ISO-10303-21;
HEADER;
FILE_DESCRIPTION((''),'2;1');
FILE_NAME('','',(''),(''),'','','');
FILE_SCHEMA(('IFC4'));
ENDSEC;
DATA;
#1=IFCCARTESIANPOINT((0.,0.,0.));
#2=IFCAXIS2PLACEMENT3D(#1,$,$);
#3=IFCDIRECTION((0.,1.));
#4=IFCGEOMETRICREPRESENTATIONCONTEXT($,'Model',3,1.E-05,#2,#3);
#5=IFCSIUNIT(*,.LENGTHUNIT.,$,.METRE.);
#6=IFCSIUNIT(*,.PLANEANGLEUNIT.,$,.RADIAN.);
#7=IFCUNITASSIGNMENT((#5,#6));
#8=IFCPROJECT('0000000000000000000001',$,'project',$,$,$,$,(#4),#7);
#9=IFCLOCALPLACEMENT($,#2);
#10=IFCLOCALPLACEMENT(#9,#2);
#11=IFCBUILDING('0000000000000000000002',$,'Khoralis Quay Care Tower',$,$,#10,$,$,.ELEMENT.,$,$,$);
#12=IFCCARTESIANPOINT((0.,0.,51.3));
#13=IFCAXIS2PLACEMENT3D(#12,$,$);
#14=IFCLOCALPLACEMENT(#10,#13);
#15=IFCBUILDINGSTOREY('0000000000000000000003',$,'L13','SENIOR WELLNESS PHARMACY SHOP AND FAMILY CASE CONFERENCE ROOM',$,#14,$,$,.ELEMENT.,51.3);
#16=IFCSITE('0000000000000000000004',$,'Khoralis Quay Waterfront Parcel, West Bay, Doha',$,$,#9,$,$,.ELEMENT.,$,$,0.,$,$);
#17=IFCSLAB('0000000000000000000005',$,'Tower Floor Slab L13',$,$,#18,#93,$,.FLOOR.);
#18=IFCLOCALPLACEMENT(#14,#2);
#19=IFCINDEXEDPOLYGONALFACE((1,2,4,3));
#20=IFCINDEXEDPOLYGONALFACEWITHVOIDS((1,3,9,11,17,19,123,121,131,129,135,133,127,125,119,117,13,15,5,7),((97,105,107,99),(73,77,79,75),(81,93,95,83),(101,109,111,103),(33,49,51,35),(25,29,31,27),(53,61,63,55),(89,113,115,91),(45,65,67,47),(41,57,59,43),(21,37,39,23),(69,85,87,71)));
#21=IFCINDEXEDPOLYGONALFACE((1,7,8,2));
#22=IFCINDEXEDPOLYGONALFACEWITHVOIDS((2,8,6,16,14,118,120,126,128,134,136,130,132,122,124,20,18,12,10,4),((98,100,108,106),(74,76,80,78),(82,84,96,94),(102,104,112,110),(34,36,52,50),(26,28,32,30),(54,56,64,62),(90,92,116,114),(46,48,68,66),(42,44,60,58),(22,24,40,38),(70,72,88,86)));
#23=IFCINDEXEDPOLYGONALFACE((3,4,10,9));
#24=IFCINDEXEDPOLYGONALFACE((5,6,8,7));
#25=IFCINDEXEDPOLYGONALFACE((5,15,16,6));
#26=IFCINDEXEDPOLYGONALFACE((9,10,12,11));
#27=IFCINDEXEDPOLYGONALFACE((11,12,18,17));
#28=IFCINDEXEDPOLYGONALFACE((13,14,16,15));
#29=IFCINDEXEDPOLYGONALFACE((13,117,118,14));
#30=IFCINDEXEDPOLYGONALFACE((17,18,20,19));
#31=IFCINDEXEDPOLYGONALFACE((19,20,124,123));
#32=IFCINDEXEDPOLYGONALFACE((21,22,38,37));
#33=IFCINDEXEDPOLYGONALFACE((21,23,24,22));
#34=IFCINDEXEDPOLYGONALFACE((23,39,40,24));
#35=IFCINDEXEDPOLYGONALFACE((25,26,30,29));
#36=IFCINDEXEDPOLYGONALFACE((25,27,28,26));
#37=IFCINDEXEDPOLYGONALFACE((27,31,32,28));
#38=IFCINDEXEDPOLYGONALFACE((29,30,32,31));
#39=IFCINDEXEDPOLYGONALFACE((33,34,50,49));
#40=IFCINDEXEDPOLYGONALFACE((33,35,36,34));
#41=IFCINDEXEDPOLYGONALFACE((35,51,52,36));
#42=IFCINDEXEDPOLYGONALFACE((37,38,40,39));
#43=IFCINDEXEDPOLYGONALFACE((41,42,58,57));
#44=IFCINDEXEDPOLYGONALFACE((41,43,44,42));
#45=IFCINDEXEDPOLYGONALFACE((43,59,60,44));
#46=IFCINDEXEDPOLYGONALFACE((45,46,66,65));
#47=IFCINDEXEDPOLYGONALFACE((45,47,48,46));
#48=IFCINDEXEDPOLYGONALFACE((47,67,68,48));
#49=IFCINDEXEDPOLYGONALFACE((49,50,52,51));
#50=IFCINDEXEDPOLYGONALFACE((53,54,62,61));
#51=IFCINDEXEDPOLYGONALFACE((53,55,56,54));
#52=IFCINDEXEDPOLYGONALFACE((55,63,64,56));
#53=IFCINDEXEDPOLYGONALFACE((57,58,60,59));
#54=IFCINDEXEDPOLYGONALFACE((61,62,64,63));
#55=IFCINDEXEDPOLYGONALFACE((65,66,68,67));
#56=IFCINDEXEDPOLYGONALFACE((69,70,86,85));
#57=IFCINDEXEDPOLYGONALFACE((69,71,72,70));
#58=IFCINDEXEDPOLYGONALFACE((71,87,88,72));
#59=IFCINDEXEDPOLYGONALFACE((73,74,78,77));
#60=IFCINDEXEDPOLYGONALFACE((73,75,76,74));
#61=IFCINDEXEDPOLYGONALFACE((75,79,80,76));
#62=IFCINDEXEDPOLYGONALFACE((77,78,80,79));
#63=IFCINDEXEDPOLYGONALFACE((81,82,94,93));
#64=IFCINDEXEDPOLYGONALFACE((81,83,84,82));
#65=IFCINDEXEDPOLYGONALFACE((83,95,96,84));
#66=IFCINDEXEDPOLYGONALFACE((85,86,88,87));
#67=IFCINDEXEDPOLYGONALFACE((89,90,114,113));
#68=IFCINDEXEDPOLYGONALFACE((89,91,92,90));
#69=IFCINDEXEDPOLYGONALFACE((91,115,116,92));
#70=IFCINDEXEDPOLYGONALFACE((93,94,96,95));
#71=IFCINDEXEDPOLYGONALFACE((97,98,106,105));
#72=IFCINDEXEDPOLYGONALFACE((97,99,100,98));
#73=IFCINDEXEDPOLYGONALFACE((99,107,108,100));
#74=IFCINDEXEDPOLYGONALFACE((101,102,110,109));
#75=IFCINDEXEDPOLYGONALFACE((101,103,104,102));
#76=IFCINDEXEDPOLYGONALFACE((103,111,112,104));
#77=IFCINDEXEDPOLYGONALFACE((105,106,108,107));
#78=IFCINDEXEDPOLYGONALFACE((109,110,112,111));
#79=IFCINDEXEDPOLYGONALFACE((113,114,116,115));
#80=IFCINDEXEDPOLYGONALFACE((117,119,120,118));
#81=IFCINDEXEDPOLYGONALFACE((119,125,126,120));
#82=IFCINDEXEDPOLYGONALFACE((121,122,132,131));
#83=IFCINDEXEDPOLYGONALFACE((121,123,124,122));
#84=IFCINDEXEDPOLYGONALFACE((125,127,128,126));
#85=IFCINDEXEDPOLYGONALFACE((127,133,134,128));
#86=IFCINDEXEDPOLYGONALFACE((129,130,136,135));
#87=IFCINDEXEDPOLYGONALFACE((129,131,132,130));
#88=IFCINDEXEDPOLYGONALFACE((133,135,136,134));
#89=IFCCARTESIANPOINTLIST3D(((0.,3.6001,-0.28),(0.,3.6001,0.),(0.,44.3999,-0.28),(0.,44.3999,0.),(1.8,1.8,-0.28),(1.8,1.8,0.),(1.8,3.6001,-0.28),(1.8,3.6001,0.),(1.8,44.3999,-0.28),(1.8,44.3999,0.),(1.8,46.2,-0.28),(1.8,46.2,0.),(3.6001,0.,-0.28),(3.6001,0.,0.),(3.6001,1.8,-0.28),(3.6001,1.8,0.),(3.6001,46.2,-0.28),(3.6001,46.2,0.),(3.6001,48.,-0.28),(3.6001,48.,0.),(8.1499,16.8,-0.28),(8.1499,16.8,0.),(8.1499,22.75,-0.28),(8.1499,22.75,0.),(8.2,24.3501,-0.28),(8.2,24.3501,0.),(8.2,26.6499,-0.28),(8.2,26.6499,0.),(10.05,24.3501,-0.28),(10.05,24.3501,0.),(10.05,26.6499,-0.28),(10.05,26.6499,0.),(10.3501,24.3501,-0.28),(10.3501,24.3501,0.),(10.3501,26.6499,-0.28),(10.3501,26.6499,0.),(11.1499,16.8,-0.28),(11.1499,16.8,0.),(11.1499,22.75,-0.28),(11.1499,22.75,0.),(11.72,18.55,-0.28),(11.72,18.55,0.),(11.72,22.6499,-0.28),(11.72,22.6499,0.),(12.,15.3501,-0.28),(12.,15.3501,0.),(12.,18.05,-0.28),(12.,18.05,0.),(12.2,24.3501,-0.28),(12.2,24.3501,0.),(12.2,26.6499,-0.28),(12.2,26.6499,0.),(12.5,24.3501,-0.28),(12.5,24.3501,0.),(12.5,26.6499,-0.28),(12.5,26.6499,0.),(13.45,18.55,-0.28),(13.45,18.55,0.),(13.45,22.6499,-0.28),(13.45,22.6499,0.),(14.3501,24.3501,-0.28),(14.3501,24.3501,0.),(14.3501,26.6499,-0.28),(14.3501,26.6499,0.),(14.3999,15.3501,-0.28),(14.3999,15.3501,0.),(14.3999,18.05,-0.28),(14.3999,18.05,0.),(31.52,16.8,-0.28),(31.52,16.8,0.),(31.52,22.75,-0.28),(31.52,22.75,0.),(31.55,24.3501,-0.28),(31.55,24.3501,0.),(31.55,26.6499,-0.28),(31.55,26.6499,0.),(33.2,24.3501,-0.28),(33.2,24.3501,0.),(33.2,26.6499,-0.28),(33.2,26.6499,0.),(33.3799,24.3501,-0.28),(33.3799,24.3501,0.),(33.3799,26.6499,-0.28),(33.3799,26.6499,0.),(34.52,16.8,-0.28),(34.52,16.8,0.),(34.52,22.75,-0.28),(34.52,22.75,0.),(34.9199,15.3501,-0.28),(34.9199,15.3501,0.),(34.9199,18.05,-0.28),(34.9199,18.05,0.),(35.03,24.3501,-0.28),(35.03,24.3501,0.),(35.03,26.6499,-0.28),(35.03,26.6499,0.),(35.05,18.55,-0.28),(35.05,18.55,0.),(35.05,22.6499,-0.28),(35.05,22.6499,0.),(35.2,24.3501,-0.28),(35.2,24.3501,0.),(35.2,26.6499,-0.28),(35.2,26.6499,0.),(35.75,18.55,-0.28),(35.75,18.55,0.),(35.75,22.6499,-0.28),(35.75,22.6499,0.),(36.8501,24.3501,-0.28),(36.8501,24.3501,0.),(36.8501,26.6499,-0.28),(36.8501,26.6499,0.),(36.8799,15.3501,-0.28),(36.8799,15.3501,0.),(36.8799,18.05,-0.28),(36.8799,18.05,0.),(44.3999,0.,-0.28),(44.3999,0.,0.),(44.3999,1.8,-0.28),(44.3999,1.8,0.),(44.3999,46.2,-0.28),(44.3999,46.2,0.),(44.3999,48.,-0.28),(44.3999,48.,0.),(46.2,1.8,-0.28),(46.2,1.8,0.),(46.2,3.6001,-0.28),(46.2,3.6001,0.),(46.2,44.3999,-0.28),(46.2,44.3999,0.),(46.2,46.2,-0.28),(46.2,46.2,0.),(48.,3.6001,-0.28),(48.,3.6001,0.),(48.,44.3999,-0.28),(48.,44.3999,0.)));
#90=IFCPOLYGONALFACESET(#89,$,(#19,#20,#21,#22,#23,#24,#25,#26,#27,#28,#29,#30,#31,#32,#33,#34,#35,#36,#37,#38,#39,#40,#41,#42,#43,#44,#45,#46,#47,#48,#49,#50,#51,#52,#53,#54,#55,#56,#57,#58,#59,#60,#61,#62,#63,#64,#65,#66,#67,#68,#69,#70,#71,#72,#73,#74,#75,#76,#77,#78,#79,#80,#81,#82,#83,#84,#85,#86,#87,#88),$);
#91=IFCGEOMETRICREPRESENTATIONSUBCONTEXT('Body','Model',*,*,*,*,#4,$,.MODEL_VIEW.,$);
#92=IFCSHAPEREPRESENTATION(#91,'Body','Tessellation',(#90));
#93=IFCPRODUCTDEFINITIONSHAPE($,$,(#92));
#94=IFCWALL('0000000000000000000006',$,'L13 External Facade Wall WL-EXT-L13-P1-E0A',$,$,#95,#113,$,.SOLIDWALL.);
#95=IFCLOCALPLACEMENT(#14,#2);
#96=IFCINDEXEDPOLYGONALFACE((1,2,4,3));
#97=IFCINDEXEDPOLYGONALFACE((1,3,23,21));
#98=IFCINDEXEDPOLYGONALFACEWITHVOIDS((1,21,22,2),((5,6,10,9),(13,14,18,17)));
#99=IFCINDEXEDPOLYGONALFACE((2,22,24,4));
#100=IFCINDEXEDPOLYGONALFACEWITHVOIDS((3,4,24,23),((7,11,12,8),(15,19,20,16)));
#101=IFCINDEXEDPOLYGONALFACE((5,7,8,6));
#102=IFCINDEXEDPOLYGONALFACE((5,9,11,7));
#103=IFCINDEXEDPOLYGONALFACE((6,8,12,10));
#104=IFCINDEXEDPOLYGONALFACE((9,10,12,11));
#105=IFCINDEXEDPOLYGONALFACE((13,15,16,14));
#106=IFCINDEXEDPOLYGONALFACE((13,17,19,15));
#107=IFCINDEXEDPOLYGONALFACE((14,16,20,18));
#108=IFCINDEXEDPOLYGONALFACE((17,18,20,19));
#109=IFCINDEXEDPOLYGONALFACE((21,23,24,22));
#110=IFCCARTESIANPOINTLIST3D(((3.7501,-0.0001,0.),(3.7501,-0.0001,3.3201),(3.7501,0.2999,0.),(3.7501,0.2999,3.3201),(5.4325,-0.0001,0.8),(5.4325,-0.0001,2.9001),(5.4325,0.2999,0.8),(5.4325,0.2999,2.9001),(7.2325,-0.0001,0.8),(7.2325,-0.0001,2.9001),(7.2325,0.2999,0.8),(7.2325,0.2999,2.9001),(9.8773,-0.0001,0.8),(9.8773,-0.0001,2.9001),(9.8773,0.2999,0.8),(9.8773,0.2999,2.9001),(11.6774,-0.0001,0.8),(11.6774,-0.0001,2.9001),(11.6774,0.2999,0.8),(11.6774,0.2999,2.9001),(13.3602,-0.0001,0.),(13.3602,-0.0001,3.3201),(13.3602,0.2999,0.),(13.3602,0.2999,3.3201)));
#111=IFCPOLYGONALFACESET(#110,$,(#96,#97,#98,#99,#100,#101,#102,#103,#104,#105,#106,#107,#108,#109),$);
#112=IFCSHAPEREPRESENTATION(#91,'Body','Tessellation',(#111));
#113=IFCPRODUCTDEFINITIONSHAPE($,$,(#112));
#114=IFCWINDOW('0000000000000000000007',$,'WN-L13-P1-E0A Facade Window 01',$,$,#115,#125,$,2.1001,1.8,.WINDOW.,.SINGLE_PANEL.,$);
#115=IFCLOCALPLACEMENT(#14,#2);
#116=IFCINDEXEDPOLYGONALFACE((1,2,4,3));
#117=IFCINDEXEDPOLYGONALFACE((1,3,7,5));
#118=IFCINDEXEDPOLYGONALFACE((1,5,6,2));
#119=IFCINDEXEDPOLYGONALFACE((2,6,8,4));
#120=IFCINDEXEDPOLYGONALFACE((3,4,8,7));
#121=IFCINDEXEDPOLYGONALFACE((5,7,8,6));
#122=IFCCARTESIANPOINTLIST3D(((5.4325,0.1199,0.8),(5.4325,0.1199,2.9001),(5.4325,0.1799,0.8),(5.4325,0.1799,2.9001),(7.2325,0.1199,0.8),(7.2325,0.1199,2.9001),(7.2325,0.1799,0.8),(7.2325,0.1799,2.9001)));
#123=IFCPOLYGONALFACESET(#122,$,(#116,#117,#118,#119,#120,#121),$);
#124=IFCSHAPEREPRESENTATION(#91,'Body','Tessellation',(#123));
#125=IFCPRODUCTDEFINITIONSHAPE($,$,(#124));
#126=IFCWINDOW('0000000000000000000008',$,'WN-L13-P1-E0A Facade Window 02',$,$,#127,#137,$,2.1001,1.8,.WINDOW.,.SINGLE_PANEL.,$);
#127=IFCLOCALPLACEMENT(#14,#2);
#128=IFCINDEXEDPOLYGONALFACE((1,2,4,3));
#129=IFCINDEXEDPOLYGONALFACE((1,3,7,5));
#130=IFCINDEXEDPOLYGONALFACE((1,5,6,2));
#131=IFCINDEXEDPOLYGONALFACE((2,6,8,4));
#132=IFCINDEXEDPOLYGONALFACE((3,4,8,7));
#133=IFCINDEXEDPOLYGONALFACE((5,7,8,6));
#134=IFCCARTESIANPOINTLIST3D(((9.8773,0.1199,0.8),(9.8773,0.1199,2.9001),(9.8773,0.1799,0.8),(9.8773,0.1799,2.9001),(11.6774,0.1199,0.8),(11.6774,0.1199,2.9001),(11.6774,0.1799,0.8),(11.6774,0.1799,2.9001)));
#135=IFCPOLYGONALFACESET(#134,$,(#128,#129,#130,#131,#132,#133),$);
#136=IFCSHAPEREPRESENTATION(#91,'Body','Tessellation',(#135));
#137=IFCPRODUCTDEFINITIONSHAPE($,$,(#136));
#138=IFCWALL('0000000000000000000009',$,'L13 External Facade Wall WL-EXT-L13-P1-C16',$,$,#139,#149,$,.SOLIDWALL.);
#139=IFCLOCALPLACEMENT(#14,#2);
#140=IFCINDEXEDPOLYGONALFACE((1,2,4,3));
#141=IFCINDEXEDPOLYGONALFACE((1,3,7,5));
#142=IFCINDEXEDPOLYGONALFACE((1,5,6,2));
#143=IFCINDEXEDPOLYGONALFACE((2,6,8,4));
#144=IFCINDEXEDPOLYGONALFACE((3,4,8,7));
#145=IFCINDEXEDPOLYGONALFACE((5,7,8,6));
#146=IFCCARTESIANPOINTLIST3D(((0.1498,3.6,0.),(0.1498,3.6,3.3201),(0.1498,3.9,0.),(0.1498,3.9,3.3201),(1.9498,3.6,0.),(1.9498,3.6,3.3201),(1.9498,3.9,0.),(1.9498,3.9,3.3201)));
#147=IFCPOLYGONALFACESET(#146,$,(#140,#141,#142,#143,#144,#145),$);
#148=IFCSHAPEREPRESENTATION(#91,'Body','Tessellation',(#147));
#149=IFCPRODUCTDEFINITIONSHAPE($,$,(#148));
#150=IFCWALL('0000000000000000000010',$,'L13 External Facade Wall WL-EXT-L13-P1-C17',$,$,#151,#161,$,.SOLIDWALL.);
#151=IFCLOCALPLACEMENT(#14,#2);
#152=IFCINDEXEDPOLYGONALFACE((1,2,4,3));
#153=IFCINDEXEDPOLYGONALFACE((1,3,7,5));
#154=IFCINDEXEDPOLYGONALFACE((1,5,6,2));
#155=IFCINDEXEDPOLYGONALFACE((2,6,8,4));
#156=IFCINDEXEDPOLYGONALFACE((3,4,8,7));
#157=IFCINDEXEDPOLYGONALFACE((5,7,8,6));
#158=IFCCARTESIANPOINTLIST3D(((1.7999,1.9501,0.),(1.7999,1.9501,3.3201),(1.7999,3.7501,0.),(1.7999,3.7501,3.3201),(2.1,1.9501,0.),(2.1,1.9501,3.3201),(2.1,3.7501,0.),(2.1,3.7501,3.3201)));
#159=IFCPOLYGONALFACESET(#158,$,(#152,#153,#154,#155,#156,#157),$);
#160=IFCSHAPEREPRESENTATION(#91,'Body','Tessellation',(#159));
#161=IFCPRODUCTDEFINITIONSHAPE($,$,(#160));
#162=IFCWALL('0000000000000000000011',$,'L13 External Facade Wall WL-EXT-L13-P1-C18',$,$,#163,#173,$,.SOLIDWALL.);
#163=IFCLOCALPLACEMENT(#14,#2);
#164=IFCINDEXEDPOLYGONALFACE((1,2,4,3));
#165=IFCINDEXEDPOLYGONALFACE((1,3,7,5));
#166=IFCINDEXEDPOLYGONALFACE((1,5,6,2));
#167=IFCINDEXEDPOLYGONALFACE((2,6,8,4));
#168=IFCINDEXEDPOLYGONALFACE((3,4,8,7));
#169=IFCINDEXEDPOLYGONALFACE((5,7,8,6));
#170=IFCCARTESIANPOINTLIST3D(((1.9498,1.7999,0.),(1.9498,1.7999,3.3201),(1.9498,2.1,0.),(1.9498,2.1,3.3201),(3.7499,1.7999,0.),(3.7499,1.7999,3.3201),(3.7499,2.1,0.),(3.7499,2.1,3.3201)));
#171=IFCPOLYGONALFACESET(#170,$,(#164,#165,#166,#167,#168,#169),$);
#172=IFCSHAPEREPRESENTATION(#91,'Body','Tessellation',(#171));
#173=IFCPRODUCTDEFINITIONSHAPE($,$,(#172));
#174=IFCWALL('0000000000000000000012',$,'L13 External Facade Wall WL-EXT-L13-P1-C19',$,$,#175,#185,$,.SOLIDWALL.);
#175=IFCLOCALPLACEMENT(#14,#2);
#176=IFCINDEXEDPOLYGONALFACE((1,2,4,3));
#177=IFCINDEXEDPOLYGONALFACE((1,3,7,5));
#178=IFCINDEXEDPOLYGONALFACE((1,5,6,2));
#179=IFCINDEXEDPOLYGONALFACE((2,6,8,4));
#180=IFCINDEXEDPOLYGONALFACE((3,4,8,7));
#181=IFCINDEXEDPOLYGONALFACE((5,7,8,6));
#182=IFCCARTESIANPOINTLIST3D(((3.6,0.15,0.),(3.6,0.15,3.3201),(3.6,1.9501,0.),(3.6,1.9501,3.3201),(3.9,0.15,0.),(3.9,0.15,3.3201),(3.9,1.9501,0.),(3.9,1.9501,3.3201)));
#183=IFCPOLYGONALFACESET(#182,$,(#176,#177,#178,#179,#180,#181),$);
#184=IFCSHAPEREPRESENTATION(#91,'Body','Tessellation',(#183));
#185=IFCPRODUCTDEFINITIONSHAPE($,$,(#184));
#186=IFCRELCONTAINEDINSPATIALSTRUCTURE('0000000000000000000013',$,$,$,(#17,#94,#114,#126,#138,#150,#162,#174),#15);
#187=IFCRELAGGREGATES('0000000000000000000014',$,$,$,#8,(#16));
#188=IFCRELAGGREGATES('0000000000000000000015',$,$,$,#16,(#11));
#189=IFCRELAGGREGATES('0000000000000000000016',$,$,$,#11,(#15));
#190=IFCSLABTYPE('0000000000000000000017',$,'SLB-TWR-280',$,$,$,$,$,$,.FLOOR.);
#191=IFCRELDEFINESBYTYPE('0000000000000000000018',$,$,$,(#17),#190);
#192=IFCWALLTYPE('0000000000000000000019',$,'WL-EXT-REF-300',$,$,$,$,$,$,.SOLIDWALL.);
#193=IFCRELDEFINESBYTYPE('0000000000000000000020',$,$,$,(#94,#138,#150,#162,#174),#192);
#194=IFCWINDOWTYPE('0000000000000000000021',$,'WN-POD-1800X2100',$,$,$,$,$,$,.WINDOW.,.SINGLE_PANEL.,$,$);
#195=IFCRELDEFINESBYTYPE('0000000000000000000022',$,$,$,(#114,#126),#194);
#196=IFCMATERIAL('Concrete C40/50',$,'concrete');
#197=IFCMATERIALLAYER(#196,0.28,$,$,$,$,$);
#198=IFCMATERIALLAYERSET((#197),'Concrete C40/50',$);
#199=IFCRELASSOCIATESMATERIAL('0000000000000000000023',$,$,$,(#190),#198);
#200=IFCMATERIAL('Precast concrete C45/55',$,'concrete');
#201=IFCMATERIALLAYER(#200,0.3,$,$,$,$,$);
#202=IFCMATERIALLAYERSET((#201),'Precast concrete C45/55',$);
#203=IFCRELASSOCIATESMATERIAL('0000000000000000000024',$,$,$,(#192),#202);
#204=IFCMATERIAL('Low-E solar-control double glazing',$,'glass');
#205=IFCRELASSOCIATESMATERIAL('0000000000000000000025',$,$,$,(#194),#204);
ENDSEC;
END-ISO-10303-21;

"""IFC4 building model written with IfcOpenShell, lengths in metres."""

from ifc_helpers import new_model, si_unit, direction, frame, frame_2d, origin, place, context, subcontext, project, spatial, polyline, rectangle, outline, extrude, source, transform, mapped, material, layer, layer_set, type_object, element, fill, save


model = new_model("IFC4")

# Units and contexts
model_context = context("Model", 3, precision=1e-05, world=origin(), true_north=direction((0.0, 1.0)))
body_context = subcontext(model_context, "Body", "Model", "MODEL_VIEW")
ifc_project = project(units=[si_unit("LENGTHUNIT", "METRE"), si_unit("PLANEANGLEUNIT", "RADIAN")], contexts=[model_context])

# Site, building, storey
site_placement = place(None, origin())
site = spatial("IfcSite", under=ifc_project, at=site_placement, Name="Khoralis Quay Waterfront Parcel, West Bay, Doha", CompositionType="ELEMENT", RefElevation=0.0)
building_placement = place(site_placement, origin())
building = spatial("IfcBuilding", under=site, at=building_placement, Name="Khoralis Quay Care Tower", CompositionType="ELEMENT")
storey_placement = place(building_placement, frame((0.0, 0.0, 51.3)))
storey = spatial("IfcBuildingStorey", under=building, at=storey_placement, Name="L13", Description="SENIOR WELLNESS PHARMACY SHOP AND FAMILY CASE CONFERENCE ROOM", CompositionType="ELEMENT", Elevation=51.3)

# Shared definitions
ifc_material_1 = material(Name="Precast concrete C45/55", Category="concrete")

# Slab
ifc_material_2 = material(Name="Concrete C40/50", Category="concrete")
ifc_layer_1 = layer(ifc_material_2, 0.28)
ifc_layer_set_1 = layer_set([ifc_layer_1], Name="Concrete C40/50")
slab_type_1 = type_object("IfcSlabType", Name="SLB-TWR-280", PredefinedType="FLOOR", material=ifc_layer_set_1)
slab_1_placement = place(storey_placement, frame((0.0, 0.0, -0.28)))
element("IfcSlab", 1, at=slab_1_placement, inside=storey, type_object=slab_type_1, Name="Tower Floor Slab L13", PredefinedType="FLOOR", context=body_context, shape_type="SweptSolid", body=[
    extrude(outline(polyline([(3.6001, 0.0), (44.3999, 0.0), (44.3999, 1.8), (46.2, 1.8), (46.2, 3.6001), (48.0, 3.6001), (48.0, 44.3999), (46.2, 44.3999), (46.2, 46.2), (44.3999, 46.2), (44.3999, 48.0), (3.6001, 48.0), (3.6001, 46.2), (1.8, 46.2), (1.8, 44.3999), (0.0, 44.3999), (0.0, 3.6001), (1.8, 3.6001), (1.8, 1.8), (3.6001, 1.8), (3.6001, 0.0)]), holes=[polyline([(11.1499, 16.8), (11.1499, 22.75), (8.1499, 22.75), (8.1499, 16.8), (11.1499, 16.8)]), polyline([(34.52, 16.8), (34.52, 22.75), (31.52, 22.75), (31.52, 16.8), (34.52, 16.8)]), polyline([(12.0, 15.3501), (14.3999, 15.3501), (14.3999, 18.05), (12.0, 18.05), (12.0, 15.3501)]), polyline([(34.9199, 15.3501), (36.8799, 15.3501), (36.8799, 18.05), (34.9199, 18.05), (34.9199, 15.3501)]), polyline([(8.2, 24.3501), (10.05, 24.3501), (10.05, 26.6499), (8.2, 26.6499), (8.2, 24.3501)]), polyline([(31.55, 24.3501), (33.2, 24.3501), (33.2, 26.6499), (31.55, 26.6499), (31.55, 24.3501)]), polyline([(10.3501, 24.3501), (12.2, 24.3501), (12.2, 26.6499), (10.3501, 26.6499), (10.3501, 24.3501)]), polyline([(33.3799, 24.3501), (35.03, 24.3501), (35.03, 26.6499), (33.3799, 26.6499), (33.3799, 24.3501)]), polyline([(12.5, 24.3501), (14.3501, 24.3501), (14.3501, 26.6499), (12.5, 26.6499), (12.5, 24.3501)]), polyline([(35.2, 24.3501), (36.8501, 24.3501), (36.8501, 26.6499), (35.2, 26.6499), (35.2, 24.3501)]), polyline([(11.72, 18.55), (13.45, 18.55), (13.45, 22.6499), (11.72, 22.6499), (11.72, 18.55)]), polyline([(35.05, 18.55), (35.75, 18.55), (35.75, 22.6499), (35.05, 22.6499), (35.05, 18.55)])]), origin(), (0.0, 0.0, 1.0), 0.28),
])

# Wall, openings, windows
ifc_layer_2 = layer(ifc_material_1, 0.3)
ifc_layer_set_2 = layer_set([ifc_layer_2], Name="Precast concrete C45/55")
wall_type_1 = type_object("IfcWallType", Name="WL-EXT-REF-300", PredefinedType="SOLIDWALL", material=ifc_layer_set_2)
wall_1_placement = place(storey_placement, frame((3.75, 0.1499, 0.0), z_axis=(0.0, 0.0, 1.0), x_axis=(1.0, 0.0, 0.0)))
wall_1 = element("IfcWall", 2, at=wall_1_placement, inside=storey, type_object=wall_type_1, Name="L13 External Facade Wall WL-EXT-L13-P1-E0A", PredefinedType="SOLIDWALL", context=body_context, shape_type="SweptSolid", body=[
    extrude(rectangle(XDim=9.6101, YDim=0.3, at=frame_2d((4.8052, 0.0))), origin(), (0.0, 0.0, 1.0), 3.3201),
])
opening_1_placement = place(wall_1_placement, frame((1.6826, 0.0, 0.8)))
opening_1 = element("IfcOpeningElement", 3, at=opening_1_placement, cuts=wall_1, PredefinedType="OPENING", context=body_context, shape_type="SweptSolid", body=[
    extrude(rectangle(XDim=1.8, YDim=2.1001, at=frame_2d((0.8999, 1.05))), frame((0.0, 0.1602, 0.0), z_axis=(0.0, -1.0, 0.0), x_axis=(1.0, 0.0, 0.0)), (0.0, 0.0, 1.0), 0.3201),
])
opening_2_placement = place(wall_1_placement, frame((6.1274, 0.0, 0.8)))
opening_2 = element("IfcOpeningElement", 4, at=opening_2_placement, cuts=wall_1, PredefinedType="OPENING", context=body_context, shape_type="SweptSolid", body=[
    extrude(rectangle(XDim=1.8, YDim=2.1001, at=frame_2d((0.8999, 1.05))), frame((0.0, 0.1602, 0.0), z_axis=(0.0, -1.0, 0.0), x_axis=(1.0, 0.0, 0.0)), (0.0, 0.0, 1.0), 0.3201),
])
ifc_material_3 = material(Name="Low-E solar-control double glazing", Category="glass")
window_type = type_object("IfcWindowType", Name="WN-POD-1800X2100", PartitioningType="SINGLE_PANEL", PredefinedType="WINDOW", material=ifc_material_3)
shared_shape_1 = source(origin(), body_context, "Body", "SweptSolid", [
    extrude(rectangle(XDim=1.8, YDim=2.1001, at=frame_2d((0.8999, 1.05))), frame((0.0, 0.03, 0.0), z_axis=(0.0, -1.0, 0.0), x_axis=(1.0, 0.0, 0.0)), (0.0, 0.0, 1.0), 0.0601),
])
window_1_placement = place(opening_1_placement, origin())
window_1 = element("IfcWindow", 5, at=window_1_placement, inside=storey, type_object=window_type, Name="WN-L13-P1-E0A Facade Window 01", OverallHeight=2.1001, OverallWidth=1.8, PartitioningType="SINGLE_PANEL", PredefinedType="WINDOW", context=body_context, shape_type="MappedRepresentation", body=[
    mapped(shared_shape_1, transform((0.0, 0.0, 0.0), scale=1.0)),
])
fill(opening_1, window_1)
window_2_placement = place(opening_2_placement, origin())
window_2 = element("IfcWindow", 6, at=window_2_placement, inside=storey, type_object=window_type, Name="WN-L13-P1-E0A Facade Window 02", OverallHeight=2.1001, OverallWidth=1.8, PartitioningType="SINGLE_PANEL", PredefinedType="WINDOW", context=body_context, shape_type="MappedRepresentation", body=[
    mapped(shared_shape_1, transform((0.0, 0.0, 0.0), scale=1.0)),
])
fill(opening_2, window_2)

# Walls
for number, where, z_axis, x_axis, name in (
    (7, (0.1499, 3.75, 0.0), (0.0, 0.0, 1.0), (1.0, 0.0, 0.0), "L13 External Facade Wall WL-EXT-L13-P1-C16"),
    (8, (1.95, 3.75, 0.0), (0.0, 0.0, 1.0), (0.0, -1.0, 0.0), "L13 External Facade Wall WL-EXT-L13-P1-C17"),
    (9, (1.95, 1.95, 0.0), (0.0, 0.0, 1.0), (1.0, 0.0, 0.0), "L13 External Facade Wall WL-EXT-L13-P1-C18"),
    (10, (3.75, 1.95, 0.0), (0.0, 0.0, 1.0), (0.0, -1.0, 0.0), "L13 External Facade Wall WL-EXT-L13-P1-C19"),
):
    element("IfcWall", number, at=place(storey_placement, frame(where, z_axis=z_axis, x_axis=x_axis)), inside=storey, type_object=wall_type_1, Name=name, PredefinedType="SOLIDWALL", context=body_context, shape_type="SweptSolid", body=[
        extrude(rectangle(XDim=1.8, YDim=0.3, at=frame_2d((0.8999, 0.0))), origin(), (0.0, 0.0, 1.0), 3.3201),
    ])

save(model, "model.ifc")
